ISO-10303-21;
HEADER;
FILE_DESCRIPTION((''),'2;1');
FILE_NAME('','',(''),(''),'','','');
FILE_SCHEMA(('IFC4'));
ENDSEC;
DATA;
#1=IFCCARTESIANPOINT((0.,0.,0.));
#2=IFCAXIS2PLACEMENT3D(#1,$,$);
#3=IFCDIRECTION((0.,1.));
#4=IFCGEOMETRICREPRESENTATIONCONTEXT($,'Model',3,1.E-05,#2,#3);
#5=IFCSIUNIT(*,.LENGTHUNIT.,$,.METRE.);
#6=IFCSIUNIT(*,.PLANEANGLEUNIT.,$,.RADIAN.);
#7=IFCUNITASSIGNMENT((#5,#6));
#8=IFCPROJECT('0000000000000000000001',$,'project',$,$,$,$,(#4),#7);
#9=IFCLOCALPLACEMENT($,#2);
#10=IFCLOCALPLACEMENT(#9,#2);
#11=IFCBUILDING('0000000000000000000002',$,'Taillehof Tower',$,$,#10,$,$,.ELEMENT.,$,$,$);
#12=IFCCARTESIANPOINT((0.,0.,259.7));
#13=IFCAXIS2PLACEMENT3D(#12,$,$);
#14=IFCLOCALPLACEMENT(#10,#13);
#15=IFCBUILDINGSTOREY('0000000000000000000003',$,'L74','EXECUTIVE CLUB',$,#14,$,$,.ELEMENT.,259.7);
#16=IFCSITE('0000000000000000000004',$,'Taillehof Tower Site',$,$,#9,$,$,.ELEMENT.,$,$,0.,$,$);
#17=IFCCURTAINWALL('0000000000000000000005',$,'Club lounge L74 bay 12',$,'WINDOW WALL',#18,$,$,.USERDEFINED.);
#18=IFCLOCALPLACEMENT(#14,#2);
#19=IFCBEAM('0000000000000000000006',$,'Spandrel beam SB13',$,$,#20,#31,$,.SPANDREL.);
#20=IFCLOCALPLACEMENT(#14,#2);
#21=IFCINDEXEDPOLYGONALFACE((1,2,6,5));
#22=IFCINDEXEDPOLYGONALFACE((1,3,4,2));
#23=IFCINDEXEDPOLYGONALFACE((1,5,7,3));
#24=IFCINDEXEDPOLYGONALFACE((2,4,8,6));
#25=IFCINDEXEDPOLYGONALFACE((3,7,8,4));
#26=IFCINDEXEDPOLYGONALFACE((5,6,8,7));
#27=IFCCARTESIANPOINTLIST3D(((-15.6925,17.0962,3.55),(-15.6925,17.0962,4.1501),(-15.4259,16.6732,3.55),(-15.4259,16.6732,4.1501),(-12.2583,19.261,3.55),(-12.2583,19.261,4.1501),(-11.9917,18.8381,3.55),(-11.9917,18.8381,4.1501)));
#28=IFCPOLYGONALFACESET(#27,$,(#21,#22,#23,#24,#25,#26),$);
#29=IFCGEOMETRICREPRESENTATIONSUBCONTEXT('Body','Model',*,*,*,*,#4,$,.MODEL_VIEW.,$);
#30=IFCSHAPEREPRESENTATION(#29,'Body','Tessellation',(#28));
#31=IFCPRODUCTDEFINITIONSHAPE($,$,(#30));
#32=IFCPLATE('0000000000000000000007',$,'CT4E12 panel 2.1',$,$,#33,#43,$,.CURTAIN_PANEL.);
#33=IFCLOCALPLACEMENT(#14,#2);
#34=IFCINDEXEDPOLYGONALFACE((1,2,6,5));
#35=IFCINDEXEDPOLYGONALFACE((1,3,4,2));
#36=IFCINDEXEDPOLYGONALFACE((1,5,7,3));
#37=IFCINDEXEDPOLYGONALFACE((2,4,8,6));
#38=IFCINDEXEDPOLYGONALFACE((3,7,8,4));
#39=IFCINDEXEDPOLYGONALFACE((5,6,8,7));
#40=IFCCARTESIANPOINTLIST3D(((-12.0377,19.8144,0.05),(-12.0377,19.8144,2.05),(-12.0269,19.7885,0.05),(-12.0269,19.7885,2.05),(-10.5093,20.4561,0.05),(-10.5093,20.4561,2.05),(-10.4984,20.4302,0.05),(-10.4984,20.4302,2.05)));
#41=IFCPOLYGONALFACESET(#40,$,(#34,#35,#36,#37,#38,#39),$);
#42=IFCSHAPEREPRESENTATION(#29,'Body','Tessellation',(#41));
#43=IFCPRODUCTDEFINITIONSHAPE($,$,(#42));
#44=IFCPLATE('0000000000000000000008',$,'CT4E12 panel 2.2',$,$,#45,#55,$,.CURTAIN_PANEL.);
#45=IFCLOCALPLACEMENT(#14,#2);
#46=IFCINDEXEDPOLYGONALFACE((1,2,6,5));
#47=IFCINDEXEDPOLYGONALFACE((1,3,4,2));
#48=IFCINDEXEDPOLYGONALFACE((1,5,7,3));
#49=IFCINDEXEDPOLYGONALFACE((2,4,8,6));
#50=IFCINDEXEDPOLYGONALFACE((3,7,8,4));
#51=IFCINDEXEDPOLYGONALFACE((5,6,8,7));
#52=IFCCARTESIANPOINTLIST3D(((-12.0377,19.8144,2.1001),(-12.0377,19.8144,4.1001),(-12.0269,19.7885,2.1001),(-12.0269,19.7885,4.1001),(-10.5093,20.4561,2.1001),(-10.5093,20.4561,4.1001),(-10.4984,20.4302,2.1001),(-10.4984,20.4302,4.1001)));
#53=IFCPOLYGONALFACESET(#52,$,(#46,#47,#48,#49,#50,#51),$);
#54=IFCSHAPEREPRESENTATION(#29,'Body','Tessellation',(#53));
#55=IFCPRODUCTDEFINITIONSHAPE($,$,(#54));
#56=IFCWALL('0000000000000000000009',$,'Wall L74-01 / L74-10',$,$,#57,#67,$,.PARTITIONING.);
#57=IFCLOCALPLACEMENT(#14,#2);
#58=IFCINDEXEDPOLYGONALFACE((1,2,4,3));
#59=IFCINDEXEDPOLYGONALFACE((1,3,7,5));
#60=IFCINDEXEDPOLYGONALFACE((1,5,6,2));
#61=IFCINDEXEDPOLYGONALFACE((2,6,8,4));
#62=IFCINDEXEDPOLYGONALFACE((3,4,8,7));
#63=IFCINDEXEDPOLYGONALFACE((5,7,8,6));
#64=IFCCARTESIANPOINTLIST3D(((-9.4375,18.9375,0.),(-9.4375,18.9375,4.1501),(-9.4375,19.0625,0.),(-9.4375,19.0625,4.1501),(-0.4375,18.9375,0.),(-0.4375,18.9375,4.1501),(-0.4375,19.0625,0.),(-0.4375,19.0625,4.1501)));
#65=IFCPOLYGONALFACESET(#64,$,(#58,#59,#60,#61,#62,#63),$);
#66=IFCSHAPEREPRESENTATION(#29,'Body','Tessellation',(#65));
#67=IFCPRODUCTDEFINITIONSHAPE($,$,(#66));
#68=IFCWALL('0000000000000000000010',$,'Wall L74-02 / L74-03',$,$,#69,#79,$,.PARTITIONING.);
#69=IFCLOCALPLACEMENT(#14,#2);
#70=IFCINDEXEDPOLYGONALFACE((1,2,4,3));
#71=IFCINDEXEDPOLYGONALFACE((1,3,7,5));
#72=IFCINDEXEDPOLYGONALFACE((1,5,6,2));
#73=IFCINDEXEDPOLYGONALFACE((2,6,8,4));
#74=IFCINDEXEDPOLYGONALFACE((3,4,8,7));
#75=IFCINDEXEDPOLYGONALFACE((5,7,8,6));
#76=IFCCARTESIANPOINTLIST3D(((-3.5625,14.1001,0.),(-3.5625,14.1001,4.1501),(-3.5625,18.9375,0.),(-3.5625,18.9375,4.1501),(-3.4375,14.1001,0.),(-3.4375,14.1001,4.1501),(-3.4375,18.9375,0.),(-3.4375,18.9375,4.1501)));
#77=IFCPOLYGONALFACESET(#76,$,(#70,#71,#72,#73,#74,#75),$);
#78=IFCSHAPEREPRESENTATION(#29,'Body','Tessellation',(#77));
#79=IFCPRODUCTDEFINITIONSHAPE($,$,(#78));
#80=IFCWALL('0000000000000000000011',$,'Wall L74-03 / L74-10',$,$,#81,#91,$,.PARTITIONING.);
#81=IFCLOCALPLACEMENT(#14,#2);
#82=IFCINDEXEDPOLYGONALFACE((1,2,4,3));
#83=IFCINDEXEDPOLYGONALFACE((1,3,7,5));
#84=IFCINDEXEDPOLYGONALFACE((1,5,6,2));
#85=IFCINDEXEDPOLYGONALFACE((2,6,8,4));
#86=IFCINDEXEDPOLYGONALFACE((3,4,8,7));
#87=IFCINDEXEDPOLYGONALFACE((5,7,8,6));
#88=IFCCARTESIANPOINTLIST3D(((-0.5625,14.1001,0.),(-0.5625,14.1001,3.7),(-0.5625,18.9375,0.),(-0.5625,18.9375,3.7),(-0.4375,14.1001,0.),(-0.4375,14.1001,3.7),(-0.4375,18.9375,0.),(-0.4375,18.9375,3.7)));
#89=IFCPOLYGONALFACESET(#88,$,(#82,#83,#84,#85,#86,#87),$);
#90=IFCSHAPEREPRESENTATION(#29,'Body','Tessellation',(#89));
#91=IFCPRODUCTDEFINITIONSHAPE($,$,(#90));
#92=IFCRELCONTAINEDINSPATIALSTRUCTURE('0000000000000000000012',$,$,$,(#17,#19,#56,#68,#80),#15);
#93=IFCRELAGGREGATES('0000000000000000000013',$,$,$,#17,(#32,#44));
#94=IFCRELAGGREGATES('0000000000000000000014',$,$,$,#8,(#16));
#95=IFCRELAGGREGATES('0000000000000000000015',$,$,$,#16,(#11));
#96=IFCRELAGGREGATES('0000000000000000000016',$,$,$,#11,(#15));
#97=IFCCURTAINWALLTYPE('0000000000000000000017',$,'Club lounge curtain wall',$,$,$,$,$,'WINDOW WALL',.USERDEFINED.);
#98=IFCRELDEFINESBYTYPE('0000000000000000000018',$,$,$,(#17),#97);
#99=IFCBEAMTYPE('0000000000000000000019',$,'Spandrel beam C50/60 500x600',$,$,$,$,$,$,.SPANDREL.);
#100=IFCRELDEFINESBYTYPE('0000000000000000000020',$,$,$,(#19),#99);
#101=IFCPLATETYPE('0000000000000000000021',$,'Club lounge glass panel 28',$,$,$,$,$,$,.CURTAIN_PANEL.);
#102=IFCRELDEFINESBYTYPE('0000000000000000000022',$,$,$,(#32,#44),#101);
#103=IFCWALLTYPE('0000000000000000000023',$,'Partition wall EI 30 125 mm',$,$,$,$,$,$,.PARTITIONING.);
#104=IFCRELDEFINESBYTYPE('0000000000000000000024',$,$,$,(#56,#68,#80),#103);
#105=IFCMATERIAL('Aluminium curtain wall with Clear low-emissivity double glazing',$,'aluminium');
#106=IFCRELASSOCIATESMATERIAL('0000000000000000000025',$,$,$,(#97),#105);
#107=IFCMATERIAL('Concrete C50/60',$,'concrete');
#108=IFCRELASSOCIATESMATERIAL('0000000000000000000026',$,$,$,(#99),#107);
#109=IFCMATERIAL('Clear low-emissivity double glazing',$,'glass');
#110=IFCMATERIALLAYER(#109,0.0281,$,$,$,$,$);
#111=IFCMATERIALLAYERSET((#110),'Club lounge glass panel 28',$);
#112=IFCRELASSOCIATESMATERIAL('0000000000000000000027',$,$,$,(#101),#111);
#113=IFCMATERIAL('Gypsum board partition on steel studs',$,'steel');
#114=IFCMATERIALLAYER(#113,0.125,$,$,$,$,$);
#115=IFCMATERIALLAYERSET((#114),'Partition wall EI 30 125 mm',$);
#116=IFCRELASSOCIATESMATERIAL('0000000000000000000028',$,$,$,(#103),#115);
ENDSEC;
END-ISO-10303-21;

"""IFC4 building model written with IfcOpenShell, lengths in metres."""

from ifc_helpers import new_model, si_unit, direction, frame, frame_2d, origin, origin_2d, place, context, subcontext, project, spatial, rectangle, extrude, material, layer, layer_set, material_profile, profile_set, type_object, element, aggregate, save


model = new_model("IFC4")

# Units and contexts
model_context = context("Model", 3, precision=1e-05, world=origin(), true_north=direction((0.0, 1.0)))
body_context = subcontext(model_context, "Body", "Model", "MODEL_VIEW")
ifc_project = project(units=[si_unit("LENGTHUNIT", "METRE"), si_unit("PLANEANGLEUNIT", "RADIAN")], contexts=[model_context])

# Site, building, storey
site_placement = place(None, origin())
site = spatial("IfcSite", under=ifc_project, at=site_placement, Name="Taillehof Tower Site", CompositionType="ELEMENT", RefElevation=0.0)
building_placement = place(site_placement, origin())
building = spatial("IfcBuilding", under=site, at=building_placement, Name="Taillehof Tower", CompositionType="ELEMENT")
storey_placement = place(building_placement, frame((0.0, 0.0, 259.7)))
storey = spatial("IfcBuildingStorey", under=building, at=storey_placement, Name="L74", Description="EXECUTIVE CLUB", CompositionType="ELEMENT", Elevation=259.7)

# Curtain wall
ifc_material_1 = material(Name="Aluminium curtain wall with Clear low-emissivity double glazing", Category="aluminium")
curtain_wall_type = type_object("IfcCurtainWallType", Name="Club lounge curtain wall", ElementType="WINDOW WALL", PredefinedType="USERDEFINED", material=ifc_material_1)
curtain_wall_1_placement = place(storey_placement, origin())
curtain_wall_1 = element("IfcCurtainWall", 1, at=curtain_wall_1_placement, inside=storey, type_object=curtain_wall_type, Name="Club lounge L74 bay 12", ObjectType="WINDOW WALL", PredefinedType="USERDEFINED")

# Beam
ifc_material_2 = material(Name="Concrete C50/60", Category="concrete")
ifc_material_profile_1 = material_profile(ifc_material_2, rectangle(XDim=0.5, YDim=0.6001, at=origin_2d()), Name="RC 500x600")
ifc_profile_set_1 = profile_set([ifc_material_profile_1], Name="Concrete C50/60")
beam_type_1 = type_object("IfcBeamType", Name="Spandrel beam C50/60 500x600", PredefinedType="SPANDREL", material=ifc_profile_set_1)
beam_1_placement = place(storey_placement, frame((-12.125, 19.0496, 3.8501), z_axis=(-0.845944, -0.533271, 0.0), x_axis=(0.533271, -0.845944, 0.0)))
element("IfcBeam", 2, at=beam_1_placement, inside=storey, type_object=beam_type_1, Name="Spandrel beam SB13", PredefinedType="SPANDREL", context=body_context, shape_type="SweptSolid", body=[
    extrude(rectangle(XDim=0.5, YDim=0.6001, at=origin_2d()), origin(), (0.0, 0.0, 1.0), 4.0596),
])

# Plates
ifc_material_3 = material(Name="Clear low-emissivity double glazing", Category="glass")
ifc_layer_1 = layer(ifc_material_3, 0.0281)
ifc_layer_set_1 = layer_set([ifc_layer_1], Name="Club lounge glass panel 28")
plate_type = type_object("IfcPlateType", Name="Club lounge glass panel 28", PredefinedType="CURTAIN_PANEL", material=ifc_layer_set_1)
plate_1_placement = place(storey_placement, frame((-11.2681, 20.1223, 0.05), z_axis=(0.0, 0.0, 1.0), x_axis=(-0.922037, -0.387101, 0.0)))
plate_1 = element("IfcPlate", 3, at=plate_1_placement, type_object=plate_type, Name="CT4E12 panel 2.1", PredefinedType="CURTAIN_PANEL", context=body_context, shape_type="SweptSolid", body=[
    extrude(rectangle(XDim=1.6577, YDim=0.0281, at=origin_2d()), origin(), (0.0, 0.0, 1.0), 2.0),
])
plate_2_placement = place(storey_placement, frame((-11.2681, 20.1223, 2.1001), z_axis=(0.0, 0.0, 1.0), x_axis=(-0.922037, -0.387101, 0.0)))
plate_2 = element("IfcPlate", 4, at=plate_2_placement, type_object=plate_type, Name="CT4E12 panel 2.2", PredefinedType="CURTAIN_PANEL", context=body_context, shape_type="SweptSolid", body=[
    extrude(rectangle(XDim=1.6577, YDim=0.0281, at=origin_2d()), origin(), (0.0, 0.0, 1.0), 2.0),
])
aggregate(curtain_wall_1, [plate_1, plate_2])

# Walls
ifc_material_4 = material(Name="Gypsum board partition on steel studs", Category="steel")
ifc_layer_2 = layer(ifc_material_4, 0.125)
ifc_layer_set_2 = layer_set([ifc_layer_2], Name="Partition wall EI 30 125 mm")
wall_type = type_object("IfcWallType", Name="Partition wall EI 30 125 mm", PredefinedType="PARTITIONING", material=ifc_layer_set_2)
wall_1_placement = place(storey_placement, frame((-9.4375, 19.0, 0.0), z_axis=(0.0, 0.0, 1.0), x_axis=(1.0, 0.0, 0.0)))
element("IfcWall", 5, at=wall_1_placement, inside=storey, type_object=wall_type, Name="Wall L74-01 / L74-10", PredefinedType="PARTITIONING", context=body_context, shape_type="SweptSolid", body=[
    extrude(rectangle(XDim=9.0, YDim=0.125, at=frame_2d((4.5, 0.0))), origin(), (0.0, 0.0, 1.0), 4.1501),
])
wall_2_placement = place(storey_placement, frame((-3.5, 14.1001, 0.0), z_axis=(0.0, 0.0, 1.0), x_axis=(0.0, 1.0, 0.0)))
element("IfcWall", 6, at=wall_2_placement, inside=storey, type_object=wall_type, Name="Wall L74-02 / L74-03", PredefinedType="PARTITIONING", context=body_context, shape_type="SweptSolid", body=[
    extrude(rectangle(XDim=4.8374, YDim=0.125, at=frame_2d((2.4187, 0.0))), origin(), (0.0, 0.0, 1.0), 4.1501),
])
wall_3_placement = place(storey_placement, frame((-0.5, 14.1001, 0.0), z_axis=(0.0, 0.0, 1.0), x_axis=(0.0, 1.0, 0.0)))
element("IfcWall", 7, at=wall_3_placement, inside=storey, type_object=wall_type, Name="Wall L74-03 / L74-10", PredefinedType="PARTITIONING", context=body_context, shape_type="SweptSolid", body=[
    extrude(rectangle(XDim=4.8374, YDim=0.125, at=frame_2d((2.4187, 0.0))), origin(), (0.0, 0.0, 1.0), 3.7),
])

save(model, "model.ifc")
